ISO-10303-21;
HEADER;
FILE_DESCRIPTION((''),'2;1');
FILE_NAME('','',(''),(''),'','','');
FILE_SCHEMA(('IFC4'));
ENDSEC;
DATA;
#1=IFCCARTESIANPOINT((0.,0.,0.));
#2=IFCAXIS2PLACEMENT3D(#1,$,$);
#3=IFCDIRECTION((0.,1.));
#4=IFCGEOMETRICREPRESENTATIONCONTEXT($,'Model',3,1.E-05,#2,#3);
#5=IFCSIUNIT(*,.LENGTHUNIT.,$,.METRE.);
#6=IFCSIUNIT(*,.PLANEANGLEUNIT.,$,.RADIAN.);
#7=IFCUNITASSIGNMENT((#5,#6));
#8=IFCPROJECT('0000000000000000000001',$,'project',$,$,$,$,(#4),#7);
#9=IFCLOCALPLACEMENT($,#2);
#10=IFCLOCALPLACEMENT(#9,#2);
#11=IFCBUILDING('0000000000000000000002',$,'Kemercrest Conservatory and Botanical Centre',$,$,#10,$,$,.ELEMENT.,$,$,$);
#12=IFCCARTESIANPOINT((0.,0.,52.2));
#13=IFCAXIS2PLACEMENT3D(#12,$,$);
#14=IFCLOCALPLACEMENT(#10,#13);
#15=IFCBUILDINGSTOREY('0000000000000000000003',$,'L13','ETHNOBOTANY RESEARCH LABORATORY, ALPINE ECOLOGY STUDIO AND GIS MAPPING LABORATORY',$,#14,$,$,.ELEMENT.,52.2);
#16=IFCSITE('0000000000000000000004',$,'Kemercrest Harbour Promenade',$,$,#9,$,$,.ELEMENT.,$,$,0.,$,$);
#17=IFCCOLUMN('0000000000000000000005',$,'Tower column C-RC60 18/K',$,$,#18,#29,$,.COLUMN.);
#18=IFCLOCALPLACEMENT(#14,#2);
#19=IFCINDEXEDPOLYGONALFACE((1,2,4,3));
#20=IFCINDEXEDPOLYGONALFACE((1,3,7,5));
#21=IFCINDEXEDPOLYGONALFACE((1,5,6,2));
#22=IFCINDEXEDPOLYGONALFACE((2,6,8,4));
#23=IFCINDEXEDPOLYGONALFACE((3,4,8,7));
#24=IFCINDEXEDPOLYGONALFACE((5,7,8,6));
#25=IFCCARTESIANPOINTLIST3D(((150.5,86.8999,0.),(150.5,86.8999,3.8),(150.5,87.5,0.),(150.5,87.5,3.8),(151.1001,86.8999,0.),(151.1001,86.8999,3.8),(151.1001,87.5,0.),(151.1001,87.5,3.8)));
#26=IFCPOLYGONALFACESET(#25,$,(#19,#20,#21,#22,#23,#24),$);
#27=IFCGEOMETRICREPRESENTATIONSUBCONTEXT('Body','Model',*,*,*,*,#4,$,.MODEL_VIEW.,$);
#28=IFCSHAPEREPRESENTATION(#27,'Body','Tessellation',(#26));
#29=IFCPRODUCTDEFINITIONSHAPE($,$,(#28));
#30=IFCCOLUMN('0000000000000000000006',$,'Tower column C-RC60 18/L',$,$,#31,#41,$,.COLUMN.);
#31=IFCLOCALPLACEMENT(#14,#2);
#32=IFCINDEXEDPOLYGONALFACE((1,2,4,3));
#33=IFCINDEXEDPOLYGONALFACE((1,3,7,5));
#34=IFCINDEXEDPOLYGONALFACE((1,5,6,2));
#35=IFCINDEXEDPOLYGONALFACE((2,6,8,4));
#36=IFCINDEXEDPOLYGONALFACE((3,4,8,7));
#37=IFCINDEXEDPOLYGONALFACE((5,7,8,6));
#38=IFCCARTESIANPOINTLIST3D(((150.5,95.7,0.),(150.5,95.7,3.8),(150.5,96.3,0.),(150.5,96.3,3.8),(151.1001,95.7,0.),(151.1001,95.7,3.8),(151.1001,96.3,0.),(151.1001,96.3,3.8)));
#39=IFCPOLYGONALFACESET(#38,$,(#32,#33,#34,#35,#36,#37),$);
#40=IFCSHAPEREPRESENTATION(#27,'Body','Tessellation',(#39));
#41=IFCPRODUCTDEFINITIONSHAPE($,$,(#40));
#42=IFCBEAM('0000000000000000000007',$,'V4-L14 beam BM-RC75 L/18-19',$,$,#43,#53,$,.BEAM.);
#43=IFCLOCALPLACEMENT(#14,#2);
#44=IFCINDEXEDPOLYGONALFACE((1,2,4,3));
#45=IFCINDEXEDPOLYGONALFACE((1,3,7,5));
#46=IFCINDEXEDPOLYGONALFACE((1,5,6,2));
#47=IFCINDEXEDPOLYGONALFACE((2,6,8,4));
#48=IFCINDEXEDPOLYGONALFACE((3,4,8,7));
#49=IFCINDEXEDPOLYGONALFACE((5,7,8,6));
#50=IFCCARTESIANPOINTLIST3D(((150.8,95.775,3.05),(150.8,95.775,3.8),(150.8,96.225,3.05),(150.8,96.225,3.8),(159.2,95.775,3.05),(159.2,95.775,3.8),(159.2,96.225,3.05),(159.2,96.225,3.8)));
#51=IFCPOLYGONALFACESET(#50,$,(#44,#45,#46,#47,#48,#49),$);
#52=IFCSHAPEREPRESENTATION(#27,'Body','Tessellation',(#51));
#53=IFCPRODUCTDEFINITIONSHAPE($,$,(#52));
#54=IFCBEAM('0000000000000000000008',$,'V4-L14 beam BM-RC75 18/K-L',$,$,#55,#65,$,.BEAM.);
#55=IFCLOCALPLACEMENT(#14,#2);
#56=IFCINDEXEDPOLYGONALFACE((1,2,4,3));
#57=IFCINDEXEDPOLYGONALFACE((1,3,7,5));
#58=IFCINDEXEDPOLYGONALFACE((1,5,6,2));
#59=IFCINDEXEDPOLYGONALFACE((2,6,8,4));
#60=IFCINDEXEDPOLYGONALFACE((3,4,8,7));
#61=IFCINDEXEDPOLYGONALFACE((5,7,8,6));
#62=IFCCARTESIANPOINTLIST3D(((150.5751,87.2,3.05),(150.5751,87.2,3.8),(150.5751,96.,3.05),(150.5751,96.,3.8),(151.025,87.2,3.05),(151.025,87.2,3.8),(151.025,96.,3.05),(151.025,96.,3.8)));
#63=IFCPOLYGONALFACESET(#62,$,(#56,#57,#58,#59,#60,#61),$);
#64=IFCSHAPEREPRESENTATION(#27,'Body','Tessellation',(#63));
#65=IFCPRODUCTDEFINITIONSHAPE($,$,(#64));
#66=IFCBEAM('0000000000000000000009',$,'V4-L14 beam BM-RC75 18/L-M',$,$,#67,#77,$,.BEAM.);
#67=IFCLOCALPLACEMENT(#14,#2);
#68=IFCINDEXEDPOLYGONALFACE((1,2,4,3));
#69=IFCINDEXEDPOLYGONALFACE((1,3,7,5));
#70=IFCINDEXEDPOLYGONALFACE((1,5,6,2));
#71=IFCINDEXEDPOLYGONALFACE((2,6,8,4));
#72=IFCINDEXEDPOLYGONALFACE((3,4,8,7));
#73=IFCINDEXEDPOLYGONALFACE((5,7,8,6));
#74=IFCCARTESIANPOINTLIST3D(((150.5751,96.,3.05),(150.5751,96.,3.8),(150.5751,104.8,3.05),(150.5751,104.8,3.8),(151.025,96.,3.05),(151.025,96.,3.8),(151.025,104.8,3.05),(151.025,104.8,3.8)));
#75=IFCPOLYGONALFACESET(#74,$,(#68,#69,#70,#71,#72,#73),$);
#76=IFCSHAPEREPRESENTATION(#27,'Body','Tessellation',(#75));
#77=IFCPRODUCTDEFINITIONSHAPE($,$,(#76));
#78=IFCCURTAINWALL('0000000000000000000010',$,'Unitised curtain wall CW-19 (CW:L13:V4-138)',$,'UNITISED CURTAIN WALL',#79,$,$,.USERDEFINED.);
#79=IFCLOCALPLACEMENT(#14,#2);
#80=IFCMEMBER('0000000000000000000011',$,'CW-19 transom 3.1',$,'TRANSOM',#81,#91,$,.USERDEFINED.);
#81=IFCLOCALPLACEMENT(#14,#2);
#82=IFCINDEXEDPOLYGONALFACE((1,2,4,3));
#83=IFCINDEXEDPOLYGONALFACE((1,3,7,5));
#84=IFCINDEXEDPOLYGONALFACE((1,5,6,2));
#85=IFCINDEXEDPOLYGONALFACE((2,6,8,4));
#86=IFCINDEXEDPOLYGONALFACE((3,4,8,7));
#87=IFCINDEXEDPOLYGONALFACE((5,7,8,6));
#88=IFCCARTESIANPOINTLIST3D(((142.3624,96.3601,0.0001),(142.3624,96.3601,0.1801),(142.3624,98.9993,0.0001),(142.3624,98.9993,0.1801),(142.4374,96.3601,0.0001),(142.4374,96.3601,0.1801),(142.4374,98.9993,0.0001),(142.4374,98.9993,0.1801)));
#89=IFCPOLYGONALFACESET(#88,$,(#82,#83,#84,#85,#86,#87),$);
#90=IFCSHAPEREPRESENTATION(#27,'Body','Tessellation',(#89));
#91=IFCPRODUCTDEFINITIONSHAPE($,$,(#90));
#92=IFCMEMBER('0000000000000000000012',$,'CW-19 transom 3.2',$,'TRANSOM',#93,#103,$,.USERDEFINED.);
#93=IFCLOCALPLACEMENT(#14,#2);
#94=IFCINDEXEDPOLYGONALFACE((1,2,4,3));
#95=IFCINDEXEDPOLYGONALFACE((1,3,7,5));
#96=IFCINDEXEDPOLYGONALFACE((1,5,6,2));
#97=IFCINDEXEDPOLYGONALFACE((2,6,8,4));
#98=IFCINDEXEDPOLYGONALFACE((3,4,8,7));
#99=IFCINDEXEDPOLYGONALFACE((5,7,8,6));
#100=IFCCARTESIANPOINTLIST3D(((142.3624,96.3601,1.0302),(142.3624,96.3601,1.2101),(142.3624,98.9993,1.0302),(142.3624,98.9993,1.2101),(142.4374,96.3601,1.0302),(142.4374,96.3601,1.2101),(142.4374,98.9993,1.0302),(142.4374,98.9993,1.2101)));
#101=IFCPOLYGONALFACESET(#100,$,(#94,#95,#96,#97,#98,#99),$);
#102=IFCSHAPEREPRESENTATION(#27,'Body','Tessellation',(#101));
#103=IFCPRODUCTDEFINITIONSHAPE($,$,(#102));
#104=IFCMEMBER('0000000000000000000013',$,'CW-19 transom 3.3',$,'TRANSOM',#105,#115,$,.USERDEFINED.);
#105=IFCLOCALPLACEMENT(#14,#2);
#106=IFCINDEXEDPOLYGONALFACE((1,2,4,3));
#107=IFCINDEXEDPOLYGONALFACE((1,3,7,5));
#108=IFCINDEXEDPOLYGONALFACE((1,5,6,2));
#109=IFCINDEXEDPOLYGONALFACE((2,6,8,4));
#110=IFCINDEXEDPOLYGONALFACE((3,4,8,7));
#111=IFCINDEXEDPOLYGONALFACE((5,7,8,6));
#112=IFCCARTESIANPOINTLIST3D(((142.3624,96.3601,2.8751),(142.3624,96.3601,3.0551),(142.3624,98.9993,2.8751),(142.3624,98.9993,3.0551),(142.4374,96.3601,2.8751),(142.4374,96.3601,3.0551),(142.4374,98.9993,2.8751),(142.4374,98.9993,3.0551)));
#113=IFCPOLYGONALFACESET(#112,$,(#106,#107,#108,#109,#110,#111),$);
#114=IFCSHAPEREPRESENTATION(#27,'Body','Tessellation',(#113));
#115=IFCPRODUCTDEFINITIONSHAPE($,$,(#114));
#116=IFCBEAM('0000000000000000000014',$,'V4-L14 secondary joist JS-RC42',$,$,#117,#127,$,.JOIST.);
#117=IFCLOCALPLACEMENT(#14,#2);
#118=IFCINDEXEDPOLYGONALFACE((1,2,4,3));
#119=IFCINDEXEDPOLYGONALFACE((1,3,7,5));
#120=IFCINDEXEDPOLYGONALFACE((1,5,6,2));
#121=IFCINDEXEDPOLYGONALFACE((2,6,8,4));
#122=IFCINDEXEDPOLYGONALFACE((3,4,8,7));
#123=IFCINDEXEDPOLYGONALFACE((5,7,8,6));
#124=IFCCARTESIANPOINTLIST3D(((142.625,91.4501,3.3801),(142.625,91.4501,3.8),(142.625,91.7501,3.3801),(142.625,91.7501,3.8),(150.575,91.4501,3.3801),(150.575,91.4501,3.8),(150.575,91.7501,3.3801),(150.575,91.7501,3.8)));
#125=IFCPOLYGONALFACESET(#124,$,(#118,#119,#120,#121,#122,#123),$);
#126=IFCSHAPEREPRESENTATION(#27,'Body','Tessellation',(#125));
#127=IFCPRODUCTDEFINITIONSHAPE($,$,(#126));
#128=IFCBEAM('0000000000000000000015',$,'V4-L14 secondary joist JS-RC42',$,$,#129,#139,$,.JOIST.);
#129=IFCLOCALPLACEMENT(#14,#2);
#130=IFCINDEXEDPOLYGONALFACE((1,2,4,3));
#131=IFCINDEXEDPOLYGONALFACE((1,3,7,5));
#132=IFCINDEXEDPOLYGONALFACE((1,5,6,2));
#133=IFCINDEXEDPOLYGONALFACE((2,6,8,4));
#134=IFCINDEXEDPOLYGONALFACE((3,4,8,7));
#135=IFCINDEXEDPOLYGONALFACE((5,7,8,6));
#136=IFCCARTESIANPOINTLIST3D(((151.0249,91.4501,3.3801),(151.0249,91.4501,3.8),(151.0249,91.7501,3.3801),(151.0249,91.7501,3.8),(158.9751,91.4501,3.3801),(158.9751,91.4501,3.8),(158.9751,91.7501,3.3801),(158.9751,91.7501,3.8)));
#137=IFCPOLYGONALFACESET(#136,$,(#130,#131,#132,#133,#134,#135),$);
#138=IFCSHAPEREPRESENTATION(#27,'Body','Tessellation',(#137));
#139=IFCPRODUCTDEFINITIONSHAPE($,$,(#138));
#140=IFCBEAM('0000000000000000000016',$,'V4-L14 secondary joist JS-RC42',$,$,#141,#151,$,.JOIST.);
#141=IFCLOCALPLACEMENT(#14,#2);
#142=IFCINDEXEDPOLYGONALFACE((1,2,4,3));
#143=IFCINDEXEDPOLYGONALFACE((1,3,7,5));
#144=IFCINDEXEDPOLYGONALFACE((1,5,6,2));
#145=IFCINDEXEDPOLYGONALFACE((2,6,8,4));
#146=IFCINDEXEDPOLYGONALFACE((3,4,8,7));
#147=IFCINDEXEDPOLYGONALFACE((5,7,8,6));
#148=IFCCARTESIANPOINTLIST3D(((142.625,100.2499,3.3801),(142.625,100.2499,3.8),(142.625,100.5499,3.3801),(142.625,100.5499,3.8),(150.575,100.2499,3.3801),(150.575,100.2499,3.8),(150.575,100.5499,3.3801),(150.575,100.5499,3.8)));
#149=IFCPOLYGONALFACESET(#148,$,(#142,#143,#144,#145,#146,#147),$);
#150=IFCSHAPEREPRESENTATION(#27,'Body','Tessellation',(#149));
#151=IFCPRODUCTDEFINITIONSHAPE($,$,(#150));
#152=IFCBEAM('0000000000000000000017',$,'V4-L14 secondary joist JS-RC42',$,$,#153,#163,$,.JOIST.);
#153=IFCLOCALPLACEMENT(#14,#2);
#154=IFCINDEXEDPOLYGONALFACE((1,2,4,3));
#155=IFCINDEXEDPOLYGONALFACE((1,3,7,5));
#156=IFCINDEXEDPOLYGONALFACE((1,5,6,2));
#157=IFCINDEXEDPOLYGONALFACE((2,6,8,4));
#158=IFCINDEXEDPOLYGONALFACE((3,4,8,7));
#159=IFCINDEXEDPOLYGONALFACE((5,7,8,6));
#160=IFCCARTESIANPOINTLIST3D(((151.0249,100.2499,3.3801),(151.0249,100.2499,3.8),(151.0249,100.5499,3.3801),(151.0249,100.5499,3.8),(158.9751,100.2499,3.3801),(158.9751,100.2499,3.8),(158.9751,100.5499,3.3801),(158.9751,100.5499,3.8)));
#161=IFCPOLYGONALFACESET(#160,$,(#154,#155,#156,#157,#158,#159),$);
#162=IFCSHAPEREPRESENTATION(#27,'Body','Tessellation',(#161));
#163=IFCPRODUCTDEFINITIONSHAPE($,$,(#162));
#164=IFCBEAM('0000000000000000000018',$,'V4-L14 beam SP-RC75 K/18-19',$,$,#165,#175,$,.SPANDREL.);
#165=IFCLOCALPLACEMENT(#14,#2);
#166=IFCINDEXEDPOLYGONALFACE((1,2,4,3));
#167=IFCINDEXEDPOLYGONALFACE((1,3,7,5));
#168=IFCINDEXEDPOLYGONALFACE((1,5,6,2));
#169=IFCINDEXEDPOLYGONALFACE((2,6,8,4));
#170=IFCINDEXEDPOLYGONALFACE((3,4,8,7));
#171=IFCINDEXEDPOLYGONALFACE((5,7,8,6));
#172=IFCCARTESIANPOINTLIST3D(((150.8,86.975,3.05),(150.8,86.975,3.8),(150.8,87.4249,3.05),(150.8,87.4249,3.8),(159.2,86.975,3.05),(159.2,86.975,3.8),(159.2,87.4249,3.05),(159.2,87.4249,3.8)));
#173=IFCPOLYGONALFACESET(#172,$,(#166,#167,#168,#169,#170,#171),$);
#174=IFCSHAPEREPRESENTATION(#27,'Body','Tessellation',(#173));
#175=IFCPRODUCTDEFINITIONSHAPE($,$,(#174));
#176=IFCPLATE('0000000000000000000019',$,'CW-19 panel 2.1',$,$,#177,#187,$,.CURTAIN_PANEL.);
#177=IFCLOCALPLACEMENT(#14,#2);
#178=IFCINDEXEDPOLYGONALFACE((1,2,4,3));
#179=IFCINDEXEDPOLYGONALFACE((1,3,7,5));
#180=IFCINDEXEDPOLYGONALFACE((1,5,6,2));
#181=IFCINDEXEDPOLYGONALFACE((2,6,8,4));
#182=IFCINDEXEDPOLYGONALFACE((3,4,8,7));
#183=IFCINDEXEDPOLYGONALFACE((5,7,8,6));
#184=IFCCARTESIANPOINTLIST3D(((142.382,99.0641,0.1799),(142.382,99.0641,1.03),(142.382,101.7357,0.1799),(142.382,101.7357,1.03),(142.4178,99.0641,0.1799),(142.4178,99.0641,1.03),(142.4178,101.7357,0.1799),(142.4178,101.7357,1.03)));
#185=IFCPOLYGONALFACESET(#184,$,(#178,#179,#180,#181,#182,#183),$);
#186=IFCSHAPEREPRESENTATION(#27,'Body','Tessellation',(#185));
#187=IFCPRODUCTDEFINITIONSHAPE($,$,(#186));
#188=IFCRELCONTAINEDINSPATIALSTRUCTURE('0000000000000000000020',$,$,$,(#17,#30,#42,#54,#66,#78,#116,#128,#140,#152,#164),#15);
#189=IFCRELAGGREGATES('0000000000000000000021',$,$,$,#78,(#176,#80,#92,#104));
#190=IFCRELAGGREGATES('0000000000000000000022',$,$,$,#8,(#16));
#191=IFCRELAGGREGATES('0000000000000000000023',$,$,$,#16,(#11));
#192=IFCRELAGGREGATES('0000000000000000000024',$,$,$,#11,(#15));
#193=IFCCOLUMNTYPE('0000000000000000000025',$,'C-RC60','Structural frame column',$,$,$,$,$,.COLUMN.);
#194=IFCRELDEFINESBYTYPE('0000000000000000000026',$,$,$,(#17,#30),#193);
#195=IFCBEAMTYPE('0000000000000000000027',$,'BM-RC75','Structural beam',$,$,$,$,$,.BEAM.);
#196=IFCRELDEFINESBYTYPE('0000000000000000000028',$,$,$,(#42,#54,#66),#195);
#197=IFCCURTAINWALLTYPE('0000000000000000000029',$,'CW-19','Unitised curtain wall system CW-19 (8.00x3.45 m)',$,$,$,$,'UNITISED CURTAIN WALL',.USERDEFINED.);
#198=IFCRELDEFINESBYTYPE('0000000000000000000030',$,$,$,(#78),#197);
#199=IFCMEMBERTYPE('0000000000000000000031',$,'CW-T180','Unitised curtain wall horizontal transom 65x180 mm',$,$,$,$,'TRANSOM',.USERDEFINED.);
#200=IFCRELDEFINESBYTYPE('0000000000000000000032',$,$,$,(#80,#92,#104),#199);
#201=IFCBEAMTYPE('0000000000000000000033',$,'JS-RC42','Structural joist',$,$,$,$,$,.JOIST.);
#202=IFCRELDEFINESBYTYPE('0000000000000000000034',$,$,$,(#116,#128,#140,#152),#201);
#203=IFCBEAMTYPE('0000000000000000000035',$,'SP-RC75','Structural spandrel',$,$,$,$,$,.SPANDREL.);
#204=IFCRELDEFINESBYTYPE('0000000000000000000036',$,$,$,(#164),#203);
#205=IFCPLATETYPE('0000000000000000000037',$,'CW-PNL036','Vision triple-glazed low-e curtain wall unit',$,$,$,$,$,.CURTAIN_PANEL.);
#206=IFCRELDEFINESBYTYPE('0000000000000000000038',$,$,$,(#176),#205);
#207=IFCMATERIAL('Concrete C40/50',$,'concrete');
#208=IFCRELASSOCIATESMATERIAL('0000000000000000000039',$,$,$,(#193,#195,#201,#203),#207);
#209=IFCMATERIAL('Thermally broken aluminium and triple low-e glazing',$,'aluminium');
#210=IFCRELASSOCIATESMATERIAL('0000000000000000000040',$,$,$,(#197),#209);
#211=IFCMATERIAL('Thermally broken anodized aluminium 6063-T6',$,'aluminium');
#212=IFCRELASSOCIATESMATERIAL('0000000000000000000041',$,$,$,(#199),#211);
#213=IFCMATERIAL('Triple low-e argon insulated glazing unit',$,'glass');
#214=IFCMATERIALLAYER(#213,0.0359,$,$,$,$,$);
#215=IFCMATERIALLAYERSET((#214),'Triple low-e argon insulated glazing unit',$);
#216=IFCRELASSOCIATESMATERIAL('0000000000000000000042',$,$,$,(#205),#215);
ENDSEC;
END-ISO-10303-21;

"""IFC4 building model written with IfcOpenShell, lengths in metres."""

from ifc_helpers import new_model, si_unit, direction, frame, origin, origin_2d, place, context, subcontext, project, spatial, rectangle, extrude, material, layer, layer_set, material_profile, profile_set, type_object, element, aggregate, save


model = new_model("IFC4")

# Units and contexts
model_context = context("Model", 3, precision=1e-05, world=origin(), true_north=direction((0.0, 1.0)))
body_context = subcontext(model_context, "Body", "Model", "MODEL_VIEW")
ifc_project = project(units=[si_unit("LENGTHUNIT", "METRE"), si_unit("PLANEANGLEUNIT", "RADIAN")], contexts=[model_context])

# Site, building, storey
site_placement = place(None, origin())
site = spatial("IfcSite", under=ifc_project, at=site_placement, Name="Kemercrest Harbour Promenade", CompositionType="ELEMENT", RefElevation=0.0)
building_placement = place(site_placement, origin())
building = spatial("IfcBuilding", under=site, at=building_placement, Name="Kemercrest Conservatory and Botanical Centre", CompositionType="ELEMENT")
storey_placement = place(building_placement, frame((0.0, 0.0, 52.2)))
storey = spatial("IfcBuildingStorey", under=building, at=storey_placement, Name="L13", Description="ETHNOBOTANY RESEARCH LABORATORY, ALPINE ECOLOGY STUDIO AND GIS MAPPING LABORATORY", CompositionType="ELEMENT", Elevation=52.2)

# Columns
ifc_material_1 = material(Name="Concrete C40/50", Category="concrete")
ifc_material_profile_1 = material_profile(ifc_material_1, rectangle(XDim=0.6001, YDim=0.6001, at=origin_2d()), Name="RC 600x600")
ifc_profile_set_1 = profile_set([ifc_material_profile_1], Name="Concrete C40/50")
column_type = type_object("IfcColumnType", Name="C-RC60", Description="Structural frame column", PredefinedType="COLUMN", material=ifc_profile_set_1)
for number, where, z_axis, x_axis, name in (
    (1, (150.8, 87.2, 0.0), (0.0, 0.0, 1.0), (1.0, 0.0, 0.0), "Tower column C-RC60 18/K"),
    (2, (150.8, 96.0, 0.0), (0.0, 0.0, 1.0), (1.0, 0.0, 0.0), "Tower column C-RC60 18/L"),
):
    element("IfcColumn", number, at=place(storey_placement, frame(where, z_axis=z_axis, x_axis=x_axis)), inside=storey, type_object=column_type, Name=name, PredefinedType="COLUMN", context=body_context, shape_type="SweptSolid", body=[
        extrude(rectangle(XDim=0.6001, YDim=0.6001, at=origin_2d()), origin(), (0.0, 0.0, 1.0), 3.8),
    ])

# Beams
ifc_material_profile_2 = material_profile(ifc_material_1, rectangle(XDim=0.45, YDim=0.75, at=origin_2d()), Name="RC 450x750")
ifc_profile_set_2 = profile_set([ifc_material_profile_2], Name="Concrete C40/50")
beam_type_1 = type_object("IfcBeamType", Name="BM-RC75", Description="Structural beam", PredefinedType="BEAM", material=ifc_profile_set_2)
beam_1_placement = place(storey_placement, frame((150.8, 96.0, 3.425), z_axis=(1.0, 0.0, 0.0), x_axis=(0.0, 1.0, 0.0)))
element("IfcBeam", 3, at=beam_1_placement, inside=storey, type_object=beam_type_1, Name="V4-L14 beam BM-RC75 L/18-19", PredefinedType="BEAM", context=body_context, shape_type="SweptSolid", body=[
    extrude(rectangle(XDim=0.45, YDim=0.75, at=origin_2d()), origin(), (0.0, 0.0, 1.0), 8.3999),
])
for number, where, z_axis, x_axis, name in (
    (4, (150.8, 87.2, 3.425), (0.0, 1.0, 0.0), (-1.0, 0.0, 0.0), "V4-L14 beam BM-RC75 18/K-L"),
    (5, (150.8, 96.0, 3.425), (0.0, 1.0, 0.0), (-1.0, 0.0, 0.0), "V4-L14 beam BM-RC75 18/L-M"),
):
    element("IfcBeam", number, at=place(storey_placement, frame(where, z_axis=z_axis, x_axis=x_axis)), inside=storey, type_object=beam_type_1, Name=name, PredefinedType="BEAM", context=body_context, shape_type="SweptSolid", body=[
        extrude(rectangle(XDim=0.45, YDim=0.75, at=origin_2d()), origin(), (0.0, 0.0, 1.0), 8.8),
    ])

# Curtain wall, members
ifc_material_2 = material(Name="Thermally broken aluminium and triple low-e glazing", Category="aluminium")
curtain_wall_type = type_object("IfcCurtainWallType", Name="CW-19", Description="Unitised curtain wall system CW-19 (8.00x3.45 m)", ElementType="UNITISED CURTAIN WALL", PredefinedType="USERDEFINED", material=ifc_material_2)
curtain_wall_placement = place(storey_placement, origin())
curtain_wall = element("IfcCurtainWall", 6, at=curtain_wall_placement, inside=storey, type_object=curtain_wall_type, Name="Unitised curtain wall CW-19 (CW:L13:V4-138)", ObjectType="UNITISED CURTAIN WALL", PredefinedType="USERDEFINED")
ifc_material_3 = material(Name="Thermally broken anodized aluminium 6063-T6", Category="aluminium")
ifc_material_profile_3 = material_profile(ifc_material_3, rectangle(XDim=0.075, YDim=0.1799, at=origin_2d()), Name="AL TRANSOM 75x180")
ifc_profile_set_3 = profile_set([ifc_material_profile_3], Name="Thermally broken anodized aluminium 6063-T6")
member_type = type_object("IfcMemberType", Name="CW-T180", Description="Unitised curtain wall horizontal transom 65x180 mm", ElementType="TRANSOM", PredefinedType="USERDEFINED", material=ifc_profile_set_3)
member_1_placement = place(storey_placement, frame((142.3999, 98.9993, 0.0901), z_axis=(0.0, -1.0, 0.0), x_axis=(1.0, 0.0, 0.0)))
member_1 = element("IfcMember", 7, at=member_1_placement, type_object=member_type, Name="CW-19 transom 3.1", ObjectType="TRANSOM", PredefinedType="USERDEFINED", context=body_context, shape_type="SweptSolid", body=[
    extrude(rectangle(XDim=0.075, YDim=0.1799, at=origin_2d()), origin(), (0.0, 0.0, 1.0), 2.6392),
])
member_2_placement = place(storey_placement, frame((142.3999, 98.9993, 1.1201), z_axis=(0.0, -1.0, 0.0), x_axis=(1.0, 0.0, 0.0)))
member_2 = element("IfcMember", 8, at=member_2_placement, type_object=member_type, Name="CW-19 transom 3.2", ObjectType="TRANSOM", PredefinedType="USERDEFINED", context=body_context, shape_type="SweptSolid", body=[
    extrude(rectangle(XDim=0.075, YDim=0.1799, at=origin_2d()), origin(), (0.0, 0.0, 1.0), 2.6392),
])
member_3_placement = place(storey_placement, frame((142.3999, 98.9993, 2.9651), z_axis=(0.0, -1.0, 0.0), x_axis=(1.0, 0.0, 0.0)))
member_3 = element("IfcMember", 9, at=member_3_placement, type_object=member_type, Name="CW-19 transom 3.3", ObjectType="TRANSOM", PredefinedType="USERDEFINED", context=body_context, shape_type="SweptSolid", body=[
    extrude(rectangle(XDim=0.075, YDim=0.1799, at=origin_2d()), origin(), (0.0, 0.0, 1.0), 2.6392),
])

# Beams
ifc_material_profile_4 = material_profile(ifc_material_1, rectangle(XDim=0.3, YDim=0.4199, at=origin_2d()), Name="RC 300x420")
ifc_profile_set_4 = profile_set([ifc_material_profile_4], Name="Concrete C40/50")
beam_type_2 = type_object("IfcBeamType", Name="JS-RC42", Description="Structural joist", PredefinedType="JOIST", material=ifc_profile_set_4)
beam_2_placement = place(storey_placement, frame((142.625, 91.6001, 3.5901), z_axis=(1.0, 0.0, 0.0), x_axis=(0.0, 1.0, 0.0)))
element("IfcBeam", 10, at=beam_2_placement, inside=storey, type_object=beam_type_2, Name="V4-L14 secondary joist JS-RC42", PredefinedType="JOIST", context=body_context, shape_type="SweptSolid", body=[
    extrude(rectangle(XDim=0.3, YDim=0.4199, at=origin_2d()), origin(), (0.0, 0.0, 1.0), 7.95),
])
beam_3_placement = place(storey_placement, frame((151.0249, 91.6001, 3.5901), z_axis=(1.0, 0.0, 0.0), x_axis=(0.0, 1.0, 0.0)))
element("IfcBeam", 11, at=beam_3_placement, inside=storey, type_object=beam_type_2, Name="V4-L14 secondary joist JS-RC42", PredefinedType="JOIST", context=body_context, shape_type="SweptSolid", body=[
    extrude(rectangle(XDim=0.3, YDim=0.4199, at=origin_2d()), origin(), (0.0, 0.0, 1.0), 7.9502),
])
beam_4_placement = place(storey_placement, frame((142.625, 100.3999, 3.5901), z_axis=(1.0, 0.0, 0.0), x_axis=(0.0, 1.0, 0.0)))
element("IfcBeam", 12, at=beam_4_placement, inside=storey, type_object=beam_type_2, Name="V4-L14 secondary joist JS-RC42", PredefinedType="JOIST", context=body_context, shape_type="SweptSolid", body=[
    extrude(rectangle(XDim=0.3, YDim=0.4199, at=origin_2d()), origin(), (0.0, 0.0, 1.0), 7.95),
])
beam_5_placement = place(storey_placement, frame((151.0249, 100.3999, 3.5901), z_axis=(1.0, 0.0, 0.0), x_axis=(0.0, 1.0, 0.0)))
element("IfcBeam", 13, at=beam_5_placement, inside=storey, type_object=beam_type_2, Name="V4-L14 secondary joist JS-RC42", PredefinedType="JOIST", context=body_context, shape_type="SweptSolid", body=[
    extrude(rectangle(XDim=0.3, YDim=0.4199, at=origin_2d()), origin(), (0.0, 0.0, 1.0), 7.9502),
])
ifc_material_profile_5 = material_profile(ifc_material_1, rectangle(XDim=0.45, YDim=0.75, at=origin_2d()), Name="RC 450x750")
ifc_profile_set_5 = profile_set([ifc_material_profile_5], Name="Concrete C40/50")
beam_type_3 = type_object("IfcBeamType", Name="SP-RC75", Description="Structural spandrel", PredefinedType="SPANDREL", material=ifc_profile_set_5)
beam_6_placement = place(storey_placement, frame((150.8, 87.2, 3.425), z_axis=(1.0, 0.0, 0.0), x_axis=(0.0, 1.0, 0.0)))
element("IfcBeam", 14, at=beam_6_placement, inside=storey, type_object=beam_type_3, Name="V4-L14 beam SP-RC75 K/18-19", PredefinedType="SPANDREL", context=body_context, shape_type="SweptSolid", body=[
    extrude(rectangle(XDim=0.45, YDim=0.75, at=origin_2d()), origin(), (0.0, 0.0, 1.0), 8.3999),
])

# Plate
ifc_material_4 = material(Name="Triple low-e argon insulated glazing unit", Category="glass")
ifc_layer_1 = layer(ifc_material_4, 0.0359)
ifc_layer_set_1 = layer_set([ifc_layer_1], Name="Triple low-e argon insulated glazing unit")
plate_type = type_object("IfcPlateType", Name="CW-PNL036", Description="Vision triple-glazed low-e curtain wall unit", PredefinedType="CURTAIN_PANEL", material=ifc_layer_set_1)
plate_1_placement = place(storey_placement, frame((142.3999, 100.3999, 0.1799), z_axis=(0.0, 0.0, 1.0), x_axis=(0.0, -1.0, 0.0)))
plate_1 = element("IfcPlate", 15, at=plate_1_placement, type_object=plate_type, Name="CW-19 panel 2.1", PredefinedType="CURTAIN_PANEL", context=body_context, shape_type="SweptSolid", body=[
    extrude(rectangle(XDim=2.6716, YDim=0.0359, at=origin_2d()), origin(), (0.0, 0.0, 1.0), 0.8501),
])
aggregate(curtain_wall, [plate_1, member_1, member_2, member_3])

save(model, "model.ifc")
